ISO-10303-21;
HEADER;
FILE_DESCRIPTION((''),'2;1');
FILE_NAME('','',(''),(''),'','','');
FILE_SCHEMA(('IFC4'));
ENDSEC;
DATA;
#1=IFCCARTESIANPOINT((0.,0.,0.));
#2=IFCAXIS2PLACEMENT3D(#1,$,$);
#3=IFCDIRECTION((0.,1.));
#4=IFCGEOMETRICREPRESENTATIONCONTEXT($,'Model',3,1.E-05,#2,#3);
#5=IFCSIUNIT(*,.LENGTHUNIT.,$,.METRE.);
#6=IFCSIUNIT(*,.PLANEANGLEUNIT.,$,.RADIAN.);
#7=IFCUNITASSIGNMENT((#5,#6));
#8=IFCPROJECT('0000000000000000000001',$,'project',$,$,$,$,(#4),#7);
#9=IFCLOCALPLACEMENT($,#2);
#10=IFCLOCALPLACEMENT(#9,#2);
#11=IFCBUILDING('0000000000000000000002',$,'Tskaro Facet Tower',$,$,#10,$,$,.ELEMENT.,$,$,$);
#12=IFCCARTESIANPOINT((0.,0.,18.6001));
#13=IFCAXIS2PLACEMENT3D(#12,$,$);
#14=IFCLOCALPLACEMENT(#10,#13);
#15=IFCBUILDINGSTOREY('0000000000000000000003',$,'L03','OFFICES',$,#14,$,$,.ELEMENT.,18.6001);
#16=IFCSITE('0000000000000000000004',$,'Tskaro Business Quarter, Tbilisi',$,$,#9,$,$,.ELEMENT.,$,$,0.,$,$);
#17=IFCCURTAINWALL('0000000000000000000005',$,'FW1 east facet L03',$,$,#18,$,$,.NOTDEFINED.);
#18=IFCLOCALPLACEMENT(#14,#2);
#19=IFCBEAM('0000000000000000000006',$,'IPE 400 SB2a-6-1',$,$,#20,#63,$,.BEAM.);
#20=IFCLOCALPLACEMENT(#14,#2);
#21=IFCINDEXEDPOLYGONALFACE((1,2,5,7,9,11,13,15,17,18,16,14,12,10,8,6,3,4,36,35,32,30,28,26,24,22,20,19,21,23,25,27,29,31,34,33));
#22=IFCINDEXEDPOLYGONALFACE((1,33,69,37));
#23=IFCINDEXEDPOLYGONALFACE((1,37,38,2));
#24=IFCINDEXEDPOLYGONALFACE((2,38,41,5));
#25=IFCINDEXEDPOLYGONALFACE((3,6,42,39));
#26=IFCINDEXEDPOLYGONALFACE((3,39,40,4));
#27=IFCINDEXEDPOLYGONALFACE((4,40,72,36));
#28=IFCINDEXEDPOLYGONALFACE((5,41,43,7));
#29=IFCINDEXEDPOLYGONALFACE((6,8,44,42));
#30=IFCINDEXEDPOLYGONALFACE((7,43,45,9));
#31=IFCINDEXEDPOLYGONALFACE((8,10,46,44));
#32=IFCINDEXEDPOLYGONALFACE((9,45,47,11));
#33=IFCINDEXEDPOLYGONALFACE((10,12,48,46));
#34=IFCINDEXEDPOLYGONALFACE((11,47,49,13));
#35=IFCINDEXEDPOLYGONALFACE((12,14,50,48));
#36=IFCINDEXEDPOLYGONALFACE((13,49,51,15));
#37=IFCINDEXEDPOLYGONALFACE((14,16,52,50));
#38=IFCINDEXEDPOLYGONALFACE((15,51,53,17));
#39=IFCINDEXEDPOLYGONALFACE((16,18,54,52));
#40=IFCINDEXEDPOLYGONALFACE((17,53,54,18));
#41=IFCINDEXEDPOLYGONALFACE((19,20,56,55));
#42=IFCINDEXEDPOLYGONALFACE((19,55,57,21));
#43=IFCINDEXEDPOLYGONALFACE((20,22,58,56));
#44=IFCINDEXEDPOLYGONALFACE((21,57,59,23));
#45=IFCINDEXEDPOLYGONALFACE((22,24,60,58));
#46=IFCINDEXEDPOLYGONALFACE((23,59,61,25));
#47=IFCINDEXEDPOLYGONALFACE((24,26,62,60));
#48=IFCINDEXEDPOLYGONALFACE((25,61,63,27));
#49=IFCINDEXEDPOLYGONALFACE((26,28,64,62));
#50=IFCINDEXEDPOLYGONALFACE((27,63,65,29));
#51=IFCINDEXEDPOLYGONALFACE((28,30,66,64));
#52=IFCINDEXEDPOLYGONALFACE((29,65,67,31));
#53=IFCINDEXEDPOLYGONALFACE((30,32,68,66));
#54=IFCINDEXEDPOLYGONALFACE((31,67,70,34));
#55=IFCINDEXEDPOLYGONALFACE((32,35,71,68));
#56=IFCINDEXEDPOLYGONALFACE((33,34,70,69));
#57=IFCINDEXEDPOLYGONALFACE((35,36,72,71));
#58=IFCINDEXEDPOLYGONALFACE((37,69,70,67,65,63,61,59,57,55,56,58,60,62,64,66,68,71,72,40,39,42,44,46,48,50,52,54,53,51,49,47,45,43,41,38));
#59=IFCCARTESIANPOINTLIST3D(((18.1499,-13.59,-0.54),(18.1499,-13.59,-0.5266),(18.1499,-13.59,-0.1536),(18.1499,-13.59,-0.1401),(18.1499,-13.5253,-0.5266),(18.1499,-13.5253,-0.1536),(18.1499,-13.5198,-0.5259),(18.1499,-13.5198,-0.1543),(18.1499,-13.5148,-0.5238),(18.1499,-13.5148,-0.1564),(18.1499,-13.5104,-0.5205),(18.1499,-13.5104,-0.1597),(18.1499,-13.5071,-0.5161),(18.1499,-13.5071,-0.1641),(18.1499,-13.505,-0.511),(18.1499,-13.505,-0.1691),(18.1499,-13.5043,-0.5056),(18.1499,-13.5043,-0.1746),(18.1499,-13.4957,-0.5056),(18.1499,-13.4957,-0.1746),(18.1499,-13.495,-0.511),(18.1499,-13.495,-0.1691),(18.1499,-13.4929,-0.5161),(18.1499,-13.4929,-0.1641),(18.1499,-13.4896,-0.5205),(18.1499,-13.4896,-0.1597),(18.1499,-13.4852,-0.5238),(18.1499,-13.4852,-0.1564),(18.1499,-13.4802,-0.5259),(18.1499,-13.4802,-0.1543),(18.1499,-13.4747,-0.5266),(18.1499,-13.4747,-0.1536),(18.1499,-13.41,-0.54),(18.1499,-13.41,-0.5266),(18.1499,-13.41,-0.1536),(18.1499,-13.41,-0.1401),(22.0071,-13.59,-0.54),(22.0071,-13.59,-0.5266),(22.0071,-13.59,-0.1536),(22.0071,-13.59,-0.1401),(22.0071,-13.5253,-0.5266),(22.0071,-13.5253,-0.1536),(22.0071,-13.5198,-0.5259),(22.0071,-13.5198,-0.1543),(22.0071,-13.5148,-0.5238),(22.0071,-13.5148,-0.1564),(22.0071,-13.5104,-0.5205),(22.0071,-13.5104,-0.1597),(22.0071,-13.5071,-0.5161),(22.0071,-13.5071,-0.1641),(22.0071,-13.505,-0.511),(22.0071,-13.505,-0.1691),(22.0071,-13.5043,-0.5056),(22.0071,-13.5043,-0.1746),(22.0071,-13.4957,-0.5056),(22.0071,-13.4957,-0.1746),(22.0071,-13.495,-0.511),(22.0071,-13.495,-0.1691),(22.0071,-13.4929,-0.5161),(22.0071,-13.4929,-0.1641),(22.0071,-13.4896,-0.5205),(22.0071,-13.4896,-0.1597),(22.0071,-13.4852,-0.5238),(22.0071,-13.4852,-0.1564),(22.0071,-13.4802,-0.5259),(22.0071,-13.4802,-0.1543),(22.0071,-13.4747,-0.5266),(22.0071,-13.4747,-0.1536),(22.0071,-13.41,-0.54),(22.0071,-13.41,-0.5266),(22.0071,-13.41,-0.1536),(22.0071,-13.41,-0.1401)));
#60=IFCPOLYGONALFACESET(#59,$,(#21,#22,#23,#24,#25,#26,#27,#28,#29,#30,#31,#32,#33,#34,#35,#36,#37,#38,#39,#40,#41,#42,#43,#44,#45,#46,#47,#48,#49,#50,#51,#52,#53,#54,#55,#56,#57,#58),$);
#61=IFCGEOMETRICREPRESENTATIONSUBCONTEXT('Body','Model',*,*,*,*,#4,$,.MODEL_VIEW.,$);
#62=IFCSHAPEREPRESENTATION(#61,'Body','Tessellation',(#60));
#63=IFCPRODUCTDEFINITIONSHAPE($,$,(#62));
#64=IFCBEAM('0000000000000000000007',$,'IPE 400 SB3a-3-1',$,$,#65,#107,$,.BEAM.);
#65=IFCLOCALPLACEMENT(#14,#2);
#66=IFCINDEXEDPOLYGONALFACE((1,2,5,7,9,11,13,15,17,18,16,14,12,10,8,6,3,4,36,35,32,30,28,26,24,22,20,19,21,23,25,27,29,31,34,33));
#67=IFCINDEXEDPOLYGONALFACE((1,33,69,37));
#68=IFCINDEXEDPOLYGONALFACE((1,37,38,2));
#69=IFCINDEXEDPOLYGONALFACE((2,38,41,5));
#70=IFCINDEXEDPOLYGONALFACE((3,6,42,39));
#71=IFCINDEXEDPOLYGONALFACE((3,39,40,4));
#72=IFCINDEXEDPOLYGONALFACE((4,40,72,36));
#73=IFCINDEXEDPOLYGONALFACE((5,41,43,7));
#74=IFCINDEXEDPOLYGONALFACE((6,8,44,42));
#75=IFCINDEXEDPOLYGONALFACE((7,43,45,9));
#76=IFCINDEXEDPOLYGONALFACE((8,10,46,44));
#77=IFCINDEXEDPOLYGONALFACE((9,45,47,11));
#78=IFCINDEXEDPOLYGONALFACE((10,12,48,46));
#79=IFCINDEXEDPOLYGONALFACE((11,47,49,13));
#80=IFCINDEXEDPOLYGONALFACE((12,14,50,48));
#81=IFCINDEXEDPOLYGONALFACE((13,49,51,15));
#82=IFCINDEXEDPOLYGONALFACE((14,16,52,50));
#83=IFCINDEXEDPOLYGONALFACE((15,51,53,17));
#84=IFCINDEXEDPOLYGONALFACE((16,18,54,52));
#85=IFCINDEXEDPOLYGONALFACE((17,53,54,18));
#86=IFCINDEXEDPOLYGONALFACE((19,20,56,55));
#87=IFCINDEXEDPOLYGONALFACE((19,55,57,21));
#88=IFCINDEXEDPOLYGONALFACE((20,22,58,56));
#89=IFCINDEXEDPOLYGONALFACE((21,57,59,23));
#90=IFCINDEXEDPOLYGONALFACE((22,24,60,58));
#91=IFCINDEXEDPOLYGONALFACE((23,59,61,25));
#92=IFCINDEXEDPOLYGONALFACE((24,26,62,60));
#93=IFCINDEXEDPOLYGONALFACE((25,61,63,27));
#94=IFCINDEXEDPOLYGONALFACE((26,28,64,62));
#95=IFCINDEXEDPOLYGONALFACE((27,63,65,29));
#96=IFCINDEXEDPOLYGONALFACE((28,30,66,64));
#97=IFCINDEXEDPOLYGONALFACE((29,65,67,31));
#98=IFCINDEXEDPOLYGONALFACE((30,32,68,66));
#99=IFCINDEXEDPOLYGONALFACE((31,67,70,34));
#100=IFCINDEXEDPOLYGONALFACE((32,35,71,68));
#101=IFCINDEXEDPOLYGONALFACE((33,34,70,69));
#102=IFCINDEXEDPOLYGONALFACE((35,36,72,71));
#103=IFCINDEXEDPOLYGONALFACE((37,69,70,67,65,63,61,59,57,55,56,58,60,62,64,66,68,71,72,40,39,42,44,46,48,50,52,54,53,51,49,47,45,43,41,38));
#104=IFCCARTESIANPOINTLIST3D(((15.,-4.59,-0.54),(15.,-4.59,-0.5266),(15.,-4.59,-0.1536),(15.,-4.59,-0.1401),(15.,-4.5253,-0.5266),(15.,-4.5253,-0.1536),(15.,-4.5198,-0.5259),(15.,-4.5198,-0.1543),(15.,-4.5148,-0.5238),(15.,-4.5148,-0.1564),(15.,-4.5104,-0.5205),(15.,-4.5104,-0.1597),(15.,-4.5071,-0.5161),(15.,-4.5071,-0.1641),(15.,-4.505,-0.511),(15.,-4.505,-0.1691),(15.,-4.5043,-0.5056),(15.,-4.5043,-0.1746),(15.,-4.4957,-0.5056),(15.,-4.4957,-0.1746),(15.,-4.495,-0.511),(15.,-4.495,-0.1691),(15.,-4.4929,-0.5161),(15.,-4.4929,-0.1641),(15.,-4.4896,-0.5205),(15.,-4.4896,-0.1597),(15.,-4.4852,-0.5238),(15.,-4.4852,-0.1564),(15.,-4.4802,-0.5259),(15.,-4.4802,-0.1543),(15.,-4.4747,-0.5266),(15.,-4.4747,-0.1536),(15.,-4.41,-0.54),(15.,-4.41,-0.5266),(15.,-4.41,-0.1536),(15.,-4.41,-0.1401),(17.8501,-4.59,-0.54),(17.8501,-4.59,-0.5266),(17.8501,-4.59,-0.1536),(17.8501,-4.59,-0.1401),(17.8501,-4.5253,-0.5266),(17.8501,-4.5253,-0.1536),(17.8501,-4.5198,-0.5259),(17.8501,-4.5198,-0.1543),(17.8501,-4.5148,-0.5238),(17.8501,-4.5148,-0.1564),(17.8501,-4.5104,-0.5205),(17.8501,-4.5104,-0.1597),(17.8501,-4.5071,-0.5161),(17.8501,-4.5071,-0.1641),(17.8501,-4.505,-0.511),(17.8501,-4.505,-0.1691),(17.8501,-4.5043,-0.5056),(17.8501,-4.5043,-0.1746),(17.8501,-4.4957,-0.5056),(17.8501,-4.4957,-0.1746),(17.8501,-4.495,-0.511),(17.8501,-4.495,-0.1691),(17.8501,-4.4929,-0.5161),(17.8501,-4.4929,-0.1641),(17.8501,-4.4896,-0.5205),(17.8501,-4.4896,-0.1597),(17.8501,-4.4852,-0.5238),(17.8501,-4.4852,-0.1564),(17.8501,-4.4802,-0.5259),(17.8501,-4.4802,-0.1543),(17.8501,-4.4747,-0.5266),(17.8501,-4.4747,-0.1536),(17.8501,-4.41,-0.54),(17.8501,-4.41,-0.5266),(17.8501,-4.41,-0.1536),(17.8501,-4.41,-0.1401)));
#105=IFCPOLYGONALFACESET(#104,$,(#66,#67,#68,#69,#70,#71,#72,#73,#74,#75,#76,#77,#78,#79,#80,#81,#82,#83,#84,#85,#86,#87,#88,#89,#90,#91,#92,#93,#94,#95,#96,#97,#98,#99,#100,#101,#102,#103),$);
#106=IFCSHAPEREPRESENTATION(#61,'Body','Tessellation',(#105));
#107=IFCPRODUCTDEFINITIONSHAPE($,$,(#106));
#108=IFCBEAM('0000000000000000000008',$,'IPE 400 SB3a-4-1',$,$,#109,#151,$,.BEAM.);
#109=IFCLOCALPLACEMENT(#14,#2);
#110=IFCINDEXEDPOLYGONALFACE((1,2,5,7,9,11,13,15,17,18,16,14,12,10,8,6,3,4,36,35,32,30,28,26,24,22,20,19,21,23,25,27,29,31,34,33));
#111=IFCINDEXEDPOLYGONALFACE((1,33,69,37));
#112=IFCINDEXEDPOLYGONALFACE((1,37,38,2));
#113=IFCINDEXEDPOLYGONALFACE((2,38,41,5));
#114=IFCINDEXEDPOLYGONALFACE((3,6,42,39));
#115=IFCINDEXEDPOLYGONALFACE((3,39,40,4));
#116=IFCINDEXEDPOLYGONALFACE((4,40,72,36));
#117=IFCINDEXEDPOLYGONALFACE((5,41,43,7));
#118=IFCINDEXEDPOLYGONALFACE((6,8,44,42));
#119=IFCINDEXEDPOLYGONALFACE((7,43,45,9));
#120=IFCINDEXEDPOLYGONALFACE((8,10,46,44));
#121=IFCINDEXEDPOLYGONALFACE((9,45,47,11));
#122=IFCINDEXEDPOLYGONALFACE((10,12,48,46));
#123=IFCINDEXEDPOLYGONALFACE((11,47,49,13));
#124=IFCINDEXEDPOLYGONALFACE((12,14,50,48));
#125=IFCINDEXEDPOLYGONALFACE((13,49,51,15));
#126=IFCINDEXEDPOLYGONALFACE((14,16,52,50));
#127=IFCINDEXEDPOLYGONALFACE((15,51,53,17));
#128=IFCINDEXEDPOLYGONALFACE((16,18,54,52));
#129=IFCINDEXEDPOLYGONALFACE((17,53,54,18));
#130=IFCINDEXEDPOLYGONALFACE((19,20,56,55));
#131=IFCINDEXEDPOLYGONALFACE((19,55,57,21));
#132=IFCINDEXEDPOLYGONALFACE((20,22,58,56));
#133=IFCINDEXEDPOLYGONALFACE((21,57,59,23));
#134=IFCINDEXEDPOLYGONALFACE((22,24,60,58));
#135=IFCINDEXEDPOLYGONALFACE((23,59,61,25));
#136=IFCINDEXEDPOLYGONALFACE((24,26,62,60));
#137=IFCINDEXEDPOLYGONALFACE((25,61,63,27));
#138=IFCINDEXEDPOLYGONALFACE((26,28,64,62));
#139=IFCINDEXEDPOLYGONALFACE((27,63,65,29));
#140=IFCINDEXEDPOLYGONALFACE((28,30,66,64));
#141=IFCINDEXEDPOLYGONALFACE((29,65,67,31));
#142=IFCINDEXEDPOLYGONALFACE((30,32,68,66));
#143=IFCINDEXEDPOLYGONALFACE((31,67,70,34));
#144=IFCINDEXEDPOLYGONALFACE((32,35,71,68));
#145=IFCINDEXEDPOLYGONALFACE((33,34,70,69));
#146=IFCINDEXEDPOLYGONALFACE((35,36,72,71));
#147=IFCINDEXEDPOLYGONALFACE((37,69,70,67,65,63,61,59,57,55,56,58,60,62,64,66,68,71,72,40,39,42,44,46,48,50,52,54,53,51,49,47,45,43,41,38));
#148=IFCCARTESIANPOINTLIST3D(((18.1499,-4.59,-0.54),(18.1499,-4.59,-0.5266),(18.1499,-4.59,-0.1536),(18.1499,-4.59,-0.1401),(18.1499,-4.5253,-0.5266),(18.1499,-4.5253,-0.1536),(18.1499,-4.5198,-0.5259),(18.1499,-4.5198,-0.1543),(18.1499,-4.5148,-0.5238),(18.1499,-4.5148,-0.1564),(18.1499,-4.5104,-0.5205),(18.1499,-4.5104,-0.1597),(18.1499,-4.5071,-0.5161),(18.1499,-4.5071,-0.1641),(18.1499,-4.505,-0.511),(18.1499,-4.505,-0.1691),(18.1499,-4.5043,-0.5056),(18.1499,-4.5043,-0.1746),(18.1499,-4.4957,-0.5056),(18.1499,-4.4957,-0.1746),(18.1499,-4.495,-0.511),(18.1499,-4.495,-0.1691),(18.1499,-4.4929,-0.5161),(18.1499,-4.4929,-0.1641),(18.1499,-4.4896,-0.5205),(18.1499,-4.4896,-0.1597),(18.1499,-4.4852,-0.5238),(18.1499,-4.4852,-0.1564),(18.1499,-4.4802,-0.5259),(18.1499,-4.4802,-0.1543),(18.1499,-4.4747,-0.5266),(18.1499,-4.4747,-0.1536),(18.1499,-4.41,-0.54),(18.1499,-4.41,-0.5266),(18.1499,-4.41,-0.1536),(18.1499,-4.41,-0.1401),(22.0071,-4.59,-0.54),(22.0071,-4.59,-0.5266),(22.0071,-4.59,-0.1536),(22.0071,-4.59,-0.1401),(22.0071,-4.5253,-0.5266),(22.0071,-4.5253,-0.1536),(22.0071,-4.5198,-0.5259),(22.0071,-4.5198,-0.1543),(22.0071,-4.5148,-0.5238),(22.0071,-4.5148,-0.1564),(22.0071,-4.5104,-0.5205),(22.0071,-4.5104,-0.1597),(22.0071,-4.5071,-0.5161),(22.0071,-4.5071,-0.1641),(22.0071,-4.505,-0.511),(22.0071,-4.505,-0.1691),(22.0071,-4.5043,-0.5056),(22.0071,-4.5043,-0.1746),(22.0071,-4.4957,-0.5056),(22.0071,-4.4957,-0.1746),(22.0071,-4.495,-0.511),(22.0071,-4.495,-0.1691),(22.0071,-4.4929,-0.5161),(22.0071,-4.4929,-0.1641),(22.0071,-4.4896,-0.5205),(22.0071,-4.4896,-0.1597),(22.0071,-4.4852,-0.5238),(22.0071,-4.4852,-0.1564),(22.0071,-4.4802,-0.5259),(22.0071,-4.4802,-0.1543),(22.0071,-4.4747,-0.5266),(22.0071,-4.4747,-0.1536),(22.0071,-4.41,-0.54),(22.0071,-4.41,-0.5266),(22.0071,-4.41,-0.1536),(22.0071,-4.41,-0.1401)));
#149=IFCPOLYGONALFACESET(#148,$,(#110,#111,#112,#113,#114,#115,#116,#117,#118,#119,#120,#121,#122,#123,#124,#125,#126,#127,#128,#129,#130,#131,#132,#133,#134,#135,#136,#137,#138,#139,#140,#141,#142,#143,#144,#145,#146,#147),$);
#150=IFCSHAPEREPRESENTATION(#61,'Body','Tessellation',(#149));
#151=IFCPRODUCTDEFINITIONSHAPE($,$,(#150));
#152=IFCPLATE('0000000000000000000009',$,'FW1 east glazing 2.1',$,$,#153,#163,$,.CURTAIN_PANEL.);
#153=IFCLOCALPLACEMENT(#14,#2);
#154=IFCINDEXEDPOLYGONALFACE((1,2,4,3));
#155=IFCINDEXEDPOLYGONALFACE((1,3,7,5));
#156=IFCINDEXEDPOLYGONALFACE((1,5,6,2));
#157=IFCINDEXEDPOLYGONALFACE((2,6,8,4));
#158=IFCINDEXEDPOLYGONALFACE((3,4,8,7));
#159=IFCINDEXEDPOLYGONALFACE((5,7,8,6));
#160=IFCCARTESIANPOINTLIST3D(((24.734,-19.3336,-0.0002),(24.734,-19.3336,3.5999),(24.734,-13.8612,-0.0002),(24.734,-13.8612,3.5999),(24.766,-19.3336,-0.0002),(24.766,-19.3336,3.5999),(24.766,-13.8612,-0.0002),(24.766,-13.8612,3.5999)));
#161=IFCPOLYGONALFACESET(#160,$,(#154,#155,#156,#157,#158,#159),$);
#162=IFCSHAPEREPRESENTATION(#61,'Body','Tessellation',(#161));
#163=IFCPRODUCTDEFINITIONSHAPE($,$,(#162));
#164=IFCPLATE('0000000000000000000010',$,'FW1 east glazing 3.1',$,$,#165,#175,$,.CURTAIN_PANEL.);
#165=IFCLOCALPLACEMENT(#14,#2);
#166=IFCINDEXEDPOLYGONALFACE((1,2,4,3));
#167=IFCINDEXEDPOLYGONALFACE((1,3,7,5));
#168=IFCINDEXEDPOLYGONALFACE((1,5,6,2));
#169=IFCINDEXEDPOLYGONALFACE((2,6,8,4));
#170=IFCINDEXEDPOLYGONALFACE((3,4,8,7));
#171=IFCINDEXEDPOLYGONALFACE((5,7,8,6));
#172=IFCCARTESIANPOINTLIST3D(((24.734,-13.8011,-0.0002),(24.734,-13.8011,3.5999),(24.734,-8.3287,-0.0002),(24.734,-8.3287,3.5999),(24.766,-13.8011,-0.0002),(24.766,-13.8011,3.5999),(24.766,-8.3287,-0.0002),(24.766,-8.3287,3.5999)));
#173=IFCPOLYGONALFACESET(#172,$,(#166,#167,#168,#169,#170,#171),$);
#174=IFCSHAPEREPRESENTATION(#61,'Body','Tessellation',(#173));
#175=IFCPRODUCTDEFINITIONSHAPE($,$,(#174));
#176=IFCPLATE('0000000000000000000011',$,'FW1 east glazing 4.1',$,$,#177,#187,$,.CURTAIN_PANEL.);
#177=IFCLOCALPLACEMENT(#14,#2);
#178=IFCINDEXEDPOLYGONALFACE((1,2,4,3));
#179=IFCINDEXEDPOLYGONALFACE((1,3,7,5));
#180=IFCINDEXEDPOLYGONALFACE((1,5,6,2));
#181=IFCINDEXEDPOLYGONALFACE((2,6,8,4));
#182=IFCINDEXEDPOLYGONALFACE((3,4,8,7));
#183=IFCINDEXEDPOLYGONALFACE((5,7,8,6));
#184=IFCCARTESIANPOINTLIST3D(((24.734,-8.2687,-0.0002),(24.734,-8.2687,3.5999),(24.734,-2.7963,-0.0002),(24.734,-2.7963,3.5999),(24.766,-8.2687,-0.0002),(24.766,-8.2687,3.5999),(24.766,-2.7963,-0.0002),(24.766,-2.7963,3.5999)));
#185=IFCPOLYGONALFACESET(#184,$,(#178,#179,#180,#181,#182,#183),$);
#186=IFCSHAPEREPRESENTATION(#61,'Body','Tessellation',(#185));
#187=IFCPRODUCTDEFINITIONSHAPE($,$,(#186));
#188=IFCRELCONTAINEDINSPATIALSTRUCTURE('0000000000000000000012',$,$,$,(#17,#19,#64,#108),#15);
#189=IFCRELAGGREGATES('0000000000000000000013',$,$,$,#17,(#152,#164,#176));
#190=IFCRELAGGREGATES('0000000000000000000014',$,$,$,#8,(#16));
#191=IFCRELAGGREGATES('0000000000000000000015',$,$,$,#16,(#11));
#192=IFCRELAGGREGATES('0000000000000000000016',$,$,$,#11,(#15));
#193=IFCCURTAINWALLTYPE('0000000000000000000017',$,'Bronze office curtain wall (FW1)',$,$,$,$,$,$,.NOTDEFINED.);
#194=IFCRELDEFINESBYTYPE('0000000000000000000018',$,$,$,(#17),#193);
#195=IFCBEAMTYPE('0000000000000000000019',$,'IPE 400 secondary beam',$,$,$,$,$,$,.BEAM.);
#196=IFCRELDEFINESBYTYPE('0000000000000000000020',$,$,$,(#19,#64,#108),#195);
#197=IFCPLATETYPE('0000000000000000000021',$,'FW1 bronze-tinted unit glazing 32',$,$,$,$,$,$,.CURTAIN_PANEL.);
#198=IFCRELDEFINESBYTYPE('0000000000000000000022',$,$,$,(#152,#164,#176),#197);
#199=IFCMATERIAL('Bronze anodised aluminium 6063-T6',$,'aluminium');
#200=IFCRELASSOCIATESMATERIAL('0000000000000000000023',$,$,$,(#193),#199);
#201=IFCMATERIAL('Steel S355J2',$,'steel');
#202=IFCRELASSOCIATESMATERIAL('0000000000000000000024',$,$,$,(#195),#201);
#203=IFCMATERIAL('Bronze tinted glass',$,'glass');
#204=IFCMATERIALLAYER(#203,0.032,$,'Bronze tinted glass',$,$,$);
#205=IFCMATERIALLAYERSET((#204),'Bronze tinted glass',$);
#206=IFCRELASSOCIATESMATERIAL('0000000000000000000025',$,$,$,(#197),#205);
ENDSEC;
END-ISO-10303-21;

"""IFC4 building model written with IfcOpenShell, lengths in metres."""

from ifc_helpers import new_model, si_unit, direction, frame, origin, origin_2d, place, context, subcontext, project, spatial, rectangle, i_section, extrude, material, layer, layer_set, material_profile, profile_set, type_object, element, aggregate, save


model = new_model("IFC4")

# Units and contexts
model_context = context("Model", 3, precision=1e-05, world=origin(), true_north=direction((0.0, 1.0)))
body_context = subcontext(model_context, "Body", "Model", "MODEL_VIEW")
ifc_project = project(units=[si_unit("LENGTHUNIT", "METRE"), si_unit("PLANEANGLEUNIT", "RADIAN")], contexts=[model_context])

# Site, building, storey
site_placement = place(None, origin())
site = spatial("IfcSite", under=ifc_project, at=site_placement, Name="Tskaro Business Quarter, Tbilisi", CompositionType="ELEMENT", RefElevation=0.0)
building_placement = place(site_placement, origin())
building = spatial("IfcBuilding", under=site, at=building_placement, Name="Tskaro Facet Tower", CompositionType="ELEMENT")
storey_placement = place(building_placement, frame((0.0, 0.0, 18.6001)))
storey = spatial("IfcBuildingStorey", under=building, at=storey_placement, Name="L03", Description="OFFICES", CompositionType="ELEMENT", Elevation=18.6001)

# Curtain wall
ifc_material_1 = material(Name="Bronze anodised aluminium 6063-T6", Category="aluminium")
curtain_wall_type = type_object("IfcCurtainWallType", Name="Bronze office curtain wall (FW1)", PredefinedType="NOTDEFINED", material=ifc_material_1)
curtain_wall_placement = place(storey_placement, origin())
curtain_wall = element("IfcCurtainWall", 1, at=curtain_wall_placement, inside=storey, type_object=curtain_wall_type, Name="FW1 east facet L03", PredefinedType="NOTDEFINED")

# Beams
ifc_material_2 = material(Name="Steel S355J2", Category="steel")
ifc_material_profile_1 = material_profile(ifc_material_2, i_section(OverallWidth=0.1799, OverallDepth=0.3999, WebThickness=0.0085, FlangeThickness=0.0134, FilletRadius=0.021, at=origin_2d()), Name="IPE 400")
ifc_profile_set_1 = profile_set([ifc_material_profile_1], Name="Steel S355J2")
beam_type_1 = type_object("IfcBeamType", Name="IPE 400 secondary beam", PredefinedType="BEAM", material=ifc_profile_set_1)
beam_1_placement = place(storey_placement, frame((18.1499, -13.5, -0.3401), z_axis=(1.0, 0.0, 0.0), x_axis=(0.0, 1.0, 0.0)))
element("IfcBeam", 2, at=beam_1_placement, inside=storey, type_object=beam_type_1, Name="IPE 400 SB2a-6-1", PredefinedType="BEAM", context=body_context, shape_type="SweptSolid", body=[
    extrude(i_section(OverallWidth=0.1799, OverallDepth=0.3999, WebThickness=0.0085, FlangeThickness=0.0134, FilletRadius=0.021, at=origin_2d()), origin(), (0.0, 0.0, 1.0), 3.8572),
])
beam_2_placement = place(storey_placement, frame((15.0, -4.5, -0.3401), z_axis=(1.0, 0.0, 0.0), x_axis=(0.0, 1.0, 0.0)))
element("IfcBeam", 3, at=beam_2_placement, inside=storey, type_object=beam_type_1, Name="IPE 400 SB3a-3-1", PredefinedType="BEAM", context=body_context, shape_type="SweptSolid", body=[
    extrude(i_section(OverallWidth=0.1799, OverallDepth=0.3999, WebThickness=0.0085, FlangeThickness=0.0134, FilletRadius=0.021, at=origin_2d()), origin(), (0.0, 0.0, 1.0), 2.8501),
])
beam_3_placement = place(storey_placement, frame((18.1499, -4.5, -0.3401), z_axis=(1.0, 0.0, 0.0), x_axis=(0.0, 1.0, 0.0)))
element("IfcBeam", 4, at=beam_3_placement, inside=storey, type_object=beam_type_1, Name="IPE 400 SB3a-4-1", PredefinedType="BEAM", context=body_context, shape_type="SweptSolid", body=[
    extrude(i_section(OverallWidth=0.1799, OverallDepth=0.3999, WebThickness=0.0085, FlangeThickness=0.0134, FilletRadius=0.021, at=origin_2d()), origin(), (0.0, 0.0, 1.0), 3.8572),
])

# Plates
ifc_material_3 = material(Name="Bronze tinted glass", Category="glass")
ifc_layer_1 = layer(ifc_material_3, 0.032, Name="Bronze tinted glass")
ifc_layer_set_1 = layer_set([ifc_layer_1], Name="Bronze tinted glass")
plate_type = type_object("IfcPlateType", Name="FW1 bronze-tinted unit glazing 32", PredefinedType="CURTAIN_PANEL", material=ifc_layer_set_1)
plate_1_placement = place(storey_placement, frame((24.75, -16.5974, -0.0002), z_axis=(0.0, 0.0, 1.0), x_axis=(0.0, 1.0, 0.0)))
plate_1 = element("IfcPlate", 5, at=plate_1_placement, type_object=plate_type, Name="FW1 east glazing 2.1", PredefinedType="CURTAIN_PANEL", context=body_context, shape_type="SweptSolid", body=[
    extrude(rectangle(XDim=5.4724, YDim=0.032, at=origin_2d()), origin(), (0.0, 0.0, 1.0), 3.6001),
])
plate_2_placement = place(storey_placement, frame((24.75, -11.0649, -0.0002), z_axis=(0.0, 0.0, 1.0), x_axis=(0.0, 1.0, 0.0)))
plate_2 = element("IfcPlate", 6, at=plate_2_placement, type_object=plate_type, Name="FW1 east glazing 3.1", PredefinedType="CURTAIN_PANEL", context=body_context, shape_type="SweptSolid", body=[
    extrude(rectangle(XDim=5.4724, YDim=0.032, at=origin_2d()), origin(), (0.0, 0.0, 1.0), 3.6001),
])
plate_3_placement = place(storey_placement, frame((24.75, -5.5325, -0.0002), z_axis=(0.0, 0.0, 1.0), x_axis=(0.0, 1.0, 0.0)))
plate_3 = element("IfcPlate", 7, at=plate_3_placement, type_object=plate_type, Name="FW1 east glazing 4.1", PredefinedType="CURTAIN_PANEL", context=body_context, shape_type="SweptSolid", body=[
    extrude(rectangle(XDim=5.4724, YDim=0.032, at=origin_2d()), origin(), (0.0, 0.0, 1.0), 3.6001),
])
aggregate(curtain_wall, [plate_1, plate_2, plate_3])

save(model, "model.ifc")
